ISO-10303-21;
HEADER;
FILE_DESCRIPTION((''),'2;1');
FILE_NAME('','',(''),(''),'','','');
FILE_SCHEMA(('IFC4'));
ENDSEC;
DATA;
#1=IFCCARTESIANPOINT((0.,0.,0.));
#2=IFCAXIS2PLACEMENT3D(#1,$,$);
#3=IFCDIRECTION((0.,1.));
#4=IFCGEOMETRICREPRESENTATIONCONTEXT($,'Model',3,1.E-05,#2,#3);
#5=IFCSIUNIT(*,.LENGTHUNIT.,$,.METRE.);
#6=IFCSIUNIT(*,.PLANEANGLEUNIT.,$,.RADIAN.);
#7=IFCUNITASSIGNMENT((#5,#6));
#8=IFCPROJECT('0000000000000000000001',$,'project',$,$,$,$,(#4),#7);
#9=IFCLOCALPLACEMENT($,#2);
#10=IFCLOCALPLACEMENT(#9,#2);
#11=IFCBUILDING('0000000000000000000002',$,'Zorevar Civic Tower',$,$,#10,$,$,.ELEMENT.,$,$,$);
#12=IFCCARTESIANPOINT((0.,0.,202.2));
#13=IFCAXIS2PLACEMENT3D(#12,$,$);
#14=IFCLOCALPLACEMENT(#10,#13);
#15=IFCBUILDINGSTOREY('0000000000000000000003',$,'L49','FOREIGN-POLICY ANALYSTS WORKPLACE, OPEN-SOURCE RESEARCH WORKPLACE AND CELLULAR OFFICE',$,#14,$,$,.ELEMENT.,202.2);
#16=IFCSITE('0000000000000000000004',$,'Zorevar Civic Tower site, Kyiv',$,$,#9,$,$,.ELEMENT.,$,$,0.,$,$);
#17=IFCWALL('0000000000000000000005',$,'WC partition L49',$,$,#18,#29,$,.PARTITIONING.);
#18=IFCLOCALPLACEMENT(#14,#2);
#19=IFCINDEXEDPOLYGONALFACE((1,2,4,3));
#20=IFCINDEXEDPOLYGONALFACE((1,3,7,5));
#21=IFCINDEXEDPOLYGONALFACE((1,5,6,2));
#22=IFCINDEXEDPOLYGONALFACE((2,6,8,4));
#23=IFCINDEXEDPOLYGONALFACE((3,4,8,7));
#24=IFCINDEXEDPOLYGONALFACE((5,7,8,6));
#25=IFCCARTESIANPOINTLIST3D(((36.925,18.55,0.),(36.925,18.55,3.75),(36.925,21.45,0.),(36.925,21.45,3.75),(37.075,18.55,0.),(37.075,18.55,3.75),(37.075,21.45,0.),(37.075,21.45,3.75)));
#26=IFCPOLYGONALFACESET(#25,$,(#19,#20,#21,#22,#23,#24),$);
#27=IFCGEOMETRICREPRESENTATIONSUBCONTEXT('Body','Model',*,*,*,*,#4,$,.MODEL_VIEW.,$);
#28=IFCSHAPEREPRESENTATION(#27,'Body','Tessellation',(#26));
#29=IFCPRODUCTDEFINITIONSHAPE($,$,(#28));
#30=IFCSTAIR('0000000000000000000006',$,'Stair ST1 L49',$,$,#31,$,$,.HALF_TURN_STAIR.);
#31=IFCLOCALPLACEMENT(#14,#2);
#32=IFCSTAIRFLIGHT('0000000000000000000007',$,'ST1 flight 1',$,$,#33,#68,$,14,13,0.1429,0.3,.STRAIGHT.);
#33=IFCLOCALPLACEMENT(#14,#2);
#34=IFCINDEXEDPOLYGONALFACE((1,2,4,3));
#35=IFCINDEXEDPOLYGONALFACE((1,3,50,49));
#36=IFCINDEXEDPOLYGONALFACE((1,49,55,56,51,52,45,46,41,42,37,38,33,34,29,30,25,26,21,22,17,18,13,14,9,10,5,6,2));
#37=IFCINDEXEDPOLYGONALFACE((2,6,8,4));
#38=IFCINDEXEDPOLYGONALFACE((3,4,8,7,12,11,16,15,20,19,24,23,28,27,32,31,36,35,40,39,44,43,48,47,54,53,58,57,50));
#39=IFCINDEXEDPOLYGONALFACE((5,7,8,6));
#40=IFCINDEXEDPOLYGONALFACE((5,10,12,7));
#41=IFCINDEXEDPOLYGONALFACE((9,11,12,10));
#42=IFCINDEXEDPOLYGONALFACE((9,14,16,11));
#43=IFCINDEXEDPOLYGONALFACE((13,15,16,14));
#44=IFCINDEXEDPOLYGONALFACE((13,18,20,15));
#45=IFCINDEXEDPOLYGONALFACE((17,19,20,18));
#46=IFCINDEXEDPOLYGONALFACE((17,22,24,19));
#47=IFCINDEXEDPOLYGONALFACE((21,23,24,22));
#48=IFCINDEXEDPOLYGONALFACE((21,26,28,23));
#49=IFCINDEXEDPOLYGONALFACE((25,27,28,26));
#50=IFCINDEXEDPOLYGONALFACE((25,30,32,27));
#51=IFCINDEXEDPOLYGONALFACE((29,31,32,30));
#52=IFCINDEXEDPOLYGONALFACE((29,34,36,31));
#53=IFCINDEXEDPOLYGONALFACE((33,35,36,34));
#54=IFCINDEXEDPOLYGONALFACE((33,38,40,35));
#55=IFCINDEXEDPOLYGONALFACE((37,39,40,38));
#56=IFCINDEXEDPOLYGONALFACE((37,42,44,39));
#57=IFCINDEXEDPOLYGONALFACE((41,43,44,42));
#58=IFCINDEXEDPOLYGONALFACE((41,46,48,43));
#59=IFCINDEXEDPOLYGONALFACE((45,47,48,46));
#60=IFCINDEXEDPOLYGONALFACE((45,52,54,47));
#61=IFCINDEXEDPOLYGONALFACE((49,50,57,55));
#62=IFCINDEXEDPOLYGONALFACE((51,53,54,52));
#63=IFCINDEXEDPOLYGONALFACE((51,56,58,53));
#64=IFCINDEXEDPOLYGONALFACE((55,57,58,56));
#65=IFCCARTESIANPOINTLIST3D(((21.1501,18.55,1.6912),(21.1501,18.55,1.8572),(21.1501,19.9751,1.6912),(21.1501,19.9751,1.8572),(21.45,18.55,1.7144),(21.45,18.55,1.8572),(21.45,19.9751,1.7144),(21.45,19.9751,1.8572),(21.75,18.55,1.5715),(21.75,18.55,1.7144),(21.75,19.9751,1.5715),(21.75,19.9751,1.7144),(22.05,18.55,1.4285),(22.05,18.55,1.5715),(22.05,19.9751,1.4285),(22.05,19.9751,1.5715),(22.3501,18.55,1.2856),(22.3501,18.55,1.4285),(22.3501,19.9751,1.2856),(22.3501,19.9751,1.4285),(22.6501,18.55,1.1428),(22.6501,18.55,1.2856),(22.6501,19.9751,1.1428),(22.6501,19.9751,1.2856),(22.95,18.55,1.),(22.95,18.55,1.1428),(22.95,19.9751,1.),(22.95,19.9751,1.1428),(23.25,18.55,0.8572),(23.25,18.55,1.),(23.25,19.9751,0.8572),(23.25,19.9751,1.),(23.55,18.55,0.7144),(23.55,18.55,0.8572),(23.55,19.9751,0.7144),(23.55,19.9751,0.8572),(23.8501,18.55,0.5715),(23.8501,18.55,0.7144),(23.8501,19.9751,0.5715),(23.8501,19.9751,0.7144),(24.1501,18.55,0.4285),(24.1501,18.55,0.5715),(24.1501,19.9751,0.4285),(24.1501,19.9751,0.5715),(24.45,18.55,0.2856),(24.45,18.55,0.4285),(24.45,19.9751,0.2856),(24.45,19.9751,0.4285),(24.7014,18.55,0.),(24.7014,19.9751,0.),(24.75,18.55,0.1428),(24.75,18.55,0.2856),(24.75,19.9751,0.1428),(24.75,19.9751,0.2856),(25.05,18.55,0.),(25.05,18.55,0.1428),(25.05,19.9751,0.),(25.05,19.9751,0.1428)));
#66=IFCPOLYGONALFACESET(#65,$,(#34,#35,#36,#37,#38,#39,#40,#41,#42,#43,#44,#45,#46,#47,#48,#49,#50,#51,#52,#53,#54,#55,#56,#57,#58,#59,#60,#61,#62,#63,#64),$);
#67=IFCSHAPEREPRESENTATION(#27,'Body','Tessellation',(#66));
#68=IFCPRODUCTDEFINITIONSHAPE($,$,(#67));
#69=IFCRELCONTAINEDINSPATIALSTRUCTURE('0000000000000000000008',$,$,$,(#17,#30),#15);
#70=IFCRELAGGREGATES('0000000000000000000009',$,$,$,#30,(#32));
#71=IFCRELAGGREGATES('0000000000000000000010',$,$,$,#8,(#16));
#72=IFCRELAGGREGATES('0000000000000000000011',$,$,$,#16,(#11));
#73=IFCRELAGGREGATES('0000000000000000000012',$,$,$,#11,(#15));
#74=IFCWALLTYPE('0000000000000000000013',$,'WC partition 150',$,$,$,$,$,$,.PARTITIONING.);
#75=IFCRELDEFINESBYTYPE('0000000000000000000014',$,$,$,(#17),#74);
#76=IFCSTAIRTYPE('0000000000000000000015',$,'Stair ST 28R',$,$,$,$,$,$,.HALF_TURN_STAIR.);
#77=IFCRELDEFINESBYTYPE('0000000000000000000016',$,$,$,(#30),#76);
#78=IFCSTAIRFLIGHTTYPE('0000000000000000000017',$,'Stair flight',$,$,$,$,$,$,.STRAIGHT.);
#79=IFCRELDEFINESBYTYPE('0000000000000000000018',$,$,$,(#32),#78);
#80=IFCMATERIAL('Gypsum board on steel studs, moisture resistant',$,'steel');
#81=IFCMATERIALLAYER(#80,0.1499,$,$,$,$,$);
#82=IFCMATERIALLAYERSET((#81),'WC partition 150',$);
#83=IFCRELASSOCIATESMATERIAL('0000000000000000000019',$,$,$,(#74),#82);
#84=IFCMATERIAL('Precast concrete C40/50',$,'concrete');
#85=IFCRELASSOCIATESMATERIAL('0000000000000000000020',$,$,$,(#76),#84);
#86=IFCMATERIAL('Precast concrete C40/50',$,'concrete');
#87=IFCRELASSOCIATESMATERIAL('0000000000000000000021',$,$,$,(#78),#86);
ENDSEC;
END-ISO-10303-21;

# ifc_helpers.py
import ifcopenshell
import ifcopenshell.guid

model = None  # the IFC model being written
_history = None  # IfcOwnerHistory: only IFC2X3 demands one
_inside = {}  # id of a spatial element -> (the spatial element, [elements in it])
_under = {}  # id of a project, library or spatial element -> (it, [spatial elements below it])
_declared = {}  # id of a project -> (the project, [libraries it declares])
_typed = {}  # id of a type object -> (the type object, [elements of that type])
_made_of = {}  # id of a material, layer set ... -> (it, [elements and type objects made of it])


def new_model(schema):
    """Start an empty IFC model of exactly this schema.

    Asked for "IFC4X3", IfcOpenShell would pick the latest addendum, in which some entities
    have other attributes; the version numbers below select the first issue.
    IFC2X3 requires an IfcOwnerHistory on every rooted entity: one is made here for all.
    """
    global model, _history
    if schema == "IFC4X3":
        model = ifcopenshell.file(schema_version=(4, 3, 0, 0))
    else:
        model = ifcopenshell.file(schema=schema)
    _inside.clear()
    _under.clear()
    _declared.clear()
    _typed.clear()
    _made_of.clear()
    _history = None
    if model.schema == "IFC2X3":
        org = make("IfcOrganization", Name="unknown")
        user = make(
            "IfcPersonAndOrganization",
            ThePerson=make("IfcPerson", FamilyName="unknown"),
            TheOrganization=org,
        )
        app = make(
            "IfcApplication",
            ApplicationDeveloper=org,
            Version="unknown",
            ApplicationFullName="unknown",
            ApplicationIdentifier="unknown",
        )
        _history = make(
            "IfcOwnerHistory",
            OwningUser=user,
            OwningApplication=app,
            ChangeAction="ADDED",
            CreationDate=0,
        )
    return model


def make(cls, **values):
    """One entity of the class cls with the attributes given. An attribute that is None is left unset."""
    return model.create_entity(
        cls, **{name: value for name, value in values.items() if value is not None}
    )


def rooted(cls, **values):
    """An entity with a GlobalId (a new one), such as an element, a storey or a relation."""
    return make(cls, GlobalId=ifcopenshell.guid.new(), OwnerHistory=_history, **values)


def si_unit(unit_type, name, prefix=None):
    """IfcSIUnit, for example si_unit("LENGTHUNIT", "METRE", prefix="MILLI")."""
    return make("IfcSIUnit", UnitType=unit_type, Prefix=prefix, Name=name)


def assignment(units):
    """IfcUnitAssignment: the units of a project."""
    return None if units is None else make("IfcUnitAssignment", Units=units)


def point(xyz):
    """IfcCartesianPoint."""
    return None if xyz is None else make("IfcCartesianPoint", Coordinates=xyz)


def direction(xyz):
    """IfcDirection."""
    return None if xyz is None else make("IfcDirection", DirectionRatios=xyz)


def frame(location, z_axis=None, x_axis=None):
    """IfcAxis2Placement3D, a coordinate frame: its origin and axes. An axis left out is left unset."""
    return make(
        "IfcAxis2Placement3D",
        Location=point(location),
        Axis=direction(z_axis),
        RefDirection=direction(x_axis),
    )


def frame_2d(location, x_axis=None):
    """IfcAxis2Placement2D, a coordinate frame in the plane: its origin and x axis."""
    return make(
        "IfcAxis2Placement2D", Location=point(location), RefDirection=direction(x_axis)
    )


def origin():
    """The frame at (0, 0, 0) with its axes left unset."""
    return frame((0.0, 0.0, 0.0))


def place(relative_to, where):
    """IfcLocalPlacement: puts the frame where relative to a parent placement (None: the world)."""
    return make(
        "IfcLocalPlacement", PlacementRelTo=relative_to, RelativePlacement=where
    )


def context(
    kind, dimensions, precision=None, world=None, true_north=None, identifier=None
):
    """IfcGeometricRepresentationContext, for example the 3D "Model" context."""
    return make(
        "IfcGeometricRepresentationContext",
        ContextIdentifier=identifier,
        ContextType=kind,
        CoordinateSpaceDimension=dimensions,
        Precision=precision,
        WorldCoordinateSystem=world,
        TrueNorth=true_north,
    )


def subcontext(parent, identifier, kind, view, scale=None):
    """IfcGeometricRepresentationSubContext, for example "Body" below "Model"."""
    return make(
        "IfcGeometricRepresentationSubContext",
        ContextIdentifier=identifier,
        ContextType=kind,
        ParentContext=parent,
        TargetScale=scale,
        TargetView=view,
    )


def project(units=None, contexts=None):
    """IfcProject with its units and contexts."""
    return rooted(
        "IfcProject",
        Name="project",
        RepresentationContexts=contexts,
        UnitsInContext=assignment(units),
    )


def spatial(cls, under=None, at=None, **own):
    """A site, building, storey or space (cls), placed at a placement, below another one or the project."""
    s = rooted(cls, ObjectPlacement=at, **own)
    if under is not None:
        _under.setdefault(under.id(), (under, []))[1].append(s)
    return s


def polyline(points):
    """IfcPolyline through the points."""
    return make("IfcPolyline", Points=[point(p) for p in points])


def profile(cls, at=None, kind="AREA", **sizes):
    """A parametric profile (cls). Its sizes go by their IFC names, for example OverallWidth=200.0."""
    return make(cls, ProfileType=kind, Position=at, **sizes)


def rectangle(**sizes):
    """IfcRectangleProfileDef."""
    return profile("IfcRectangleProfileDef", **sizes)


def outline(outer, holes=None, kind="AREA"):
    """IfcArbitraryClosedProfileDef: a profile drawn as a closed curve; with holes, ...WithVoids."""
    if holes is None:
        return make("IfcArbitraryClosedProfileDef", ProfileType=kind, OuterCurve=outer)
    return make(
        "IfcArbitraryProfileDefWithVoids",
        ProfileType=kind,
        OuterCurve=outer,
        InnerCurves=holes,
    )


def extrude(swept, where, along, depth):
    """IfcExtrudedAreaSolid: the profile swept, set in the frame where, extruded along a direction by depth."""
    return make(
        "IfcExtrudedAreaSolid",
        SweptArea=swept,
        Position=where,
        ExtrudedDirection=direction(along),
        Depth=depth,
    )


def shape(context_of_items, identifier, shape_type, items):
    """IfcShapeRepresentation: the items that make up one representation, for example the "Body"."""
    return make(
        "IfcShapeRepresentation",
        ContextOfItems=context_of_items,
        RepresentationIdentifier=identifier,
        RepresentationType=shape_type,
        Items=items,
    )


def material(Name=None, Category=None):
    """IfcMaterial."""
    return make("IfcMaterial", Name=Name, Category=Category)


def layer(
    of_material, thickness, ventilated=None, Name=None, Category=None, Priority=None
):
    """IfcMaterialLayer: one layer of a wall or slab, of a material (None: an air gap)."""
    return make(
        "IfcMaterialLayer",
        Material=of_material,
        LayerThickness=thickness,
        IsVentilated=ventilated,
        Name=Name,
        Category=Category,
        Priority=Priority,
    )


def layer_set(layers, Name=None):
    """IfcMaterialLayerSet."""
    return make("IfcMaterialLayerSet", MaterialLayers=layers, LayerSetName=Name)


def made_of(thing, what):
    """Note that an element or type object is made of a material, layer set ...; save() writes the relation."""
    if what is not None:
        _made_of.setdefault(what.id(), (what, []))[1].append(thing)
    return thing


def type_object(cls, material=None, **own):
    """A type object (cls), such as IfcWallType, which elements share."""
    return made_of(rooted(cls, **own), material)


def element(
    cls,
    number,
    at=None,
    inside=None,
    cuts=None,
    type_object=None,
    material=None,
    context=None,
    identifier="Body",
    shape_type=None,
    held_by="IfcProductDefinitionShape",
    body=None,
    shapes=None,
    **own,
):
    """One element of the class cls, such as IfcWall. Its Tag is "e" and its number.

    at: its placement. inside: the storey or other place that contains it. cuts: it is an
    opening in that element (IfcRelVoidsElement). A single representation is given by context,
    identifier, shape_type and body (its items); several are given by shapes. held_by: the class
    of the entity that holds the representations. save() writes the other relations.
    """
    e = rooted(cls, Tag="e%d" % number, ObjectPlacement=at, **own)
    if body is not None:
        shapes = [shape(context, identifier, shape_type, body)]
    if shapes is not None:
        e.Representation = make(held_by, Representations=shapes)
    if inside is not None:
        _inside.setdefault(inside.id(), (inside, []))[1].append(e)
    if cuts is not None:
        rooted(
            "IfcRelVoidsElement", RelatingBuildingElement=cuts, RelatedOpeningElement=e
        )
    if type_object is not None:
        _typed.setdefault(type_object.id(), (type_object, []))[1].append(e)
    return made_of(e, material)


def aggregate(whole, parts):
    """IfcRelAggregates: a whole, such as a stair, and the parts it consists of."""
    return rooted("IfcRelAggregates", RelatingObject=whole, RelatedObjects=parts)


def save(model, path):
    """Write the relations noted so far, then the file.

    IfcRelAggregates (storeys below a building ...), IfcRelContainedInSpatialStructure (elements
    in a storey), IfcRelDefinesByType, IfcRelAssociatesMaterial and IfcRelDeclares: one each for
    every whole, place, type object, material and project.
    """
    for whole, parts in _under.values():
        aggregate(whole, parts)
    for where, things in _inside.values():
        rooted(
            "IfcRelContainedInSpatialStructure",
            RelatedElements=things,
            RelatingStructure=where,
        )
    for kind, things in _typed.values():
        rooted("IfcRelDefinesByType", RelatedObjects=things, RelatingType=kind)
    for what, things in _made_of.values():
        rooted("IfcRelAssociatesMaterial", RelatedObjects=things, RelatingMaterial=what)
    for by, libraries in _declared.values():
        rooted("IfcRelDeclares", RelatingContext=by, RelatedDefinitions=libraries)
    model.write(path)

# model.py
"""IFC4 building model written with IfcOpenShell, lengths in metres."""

from ifc_helpers import new_model, si_unit, direction, frame, frame_2d, origin, place, context, subcontext, project, spatial, polyline, rectangle, outline, extrude, material, layer, layer_set, type_object, element, aggregate, save


model = new_model("IFC4")

# Units and contexts
model_context = context("Model", 3, precision=1e-05, world=origin(), true_north=direction((0.0, 1.0)))
body_context = subcontext(model_context, "Body", "Model", "MODEL_VIEW")
ifc_project = project(units=[si_unit("LENGTHUNIT", "METRE"), si_unit("PLANEANGLEUNIT", "RADIAN")], contexts=[model_context])

# Site, building, storey
site_placement = place(None, origin())
site = spatial("IfcSite", under=ifc_project, at=site_placement, Name="Zorevar Civic Tower site, Kyiv", CompositionType="ELEMENT", RefElevation=0.0)
building_placement = place(site_placement, origin())
building = spatial("IfcBuilding", under=site, at=building_placement, Name="Zorevar Civic Tower", CompositionType="ELEMENT")
storey_placement = place(building_placement, frame((0.0, 0.0, 202.2)))
storey = spatial("IfcBuildingStorey", under=building, at=storey_placement, Name="L49", Description="FOREIGN-POLICY ANALYSTS WORKPLACE, OPEN-SOURCE RESEARCH WORKPLACE AND CELLULAR OFFICE", CompositionType="ELEMENT", Elevation=202.2)

# Wall
ifc_material_1 = material(Name="Gypsum board on steel studs, moisture resistant", Category="steel")
ifc_layer_1 = layer(ifc_material_1, 0.1499)
ifc_layer_set_1 = layer_set([ifc_layer_1], Name="WC partition 150")
wall_type_1 = type_object("IfcWallType", Name="WC partition 150", PredefinedType="PARTITIONING", material=ifc_layer_set_1)
for number, where, z_axis, x_axis, name in (
    (1, (37.0, 18.55, 0.0), (0.0, 0.0, 1.0), (0.0, 1.0, 0.0), "WC partition L49"),
):
    element("IfcWall", number, at=place(storey_placement, frame(where, z_axis=z_axis, x_axis=x_axis)), inside=storey, type_object=wall_type_1, Name=name, PredefinedType="PARTITIONING", context=body_context, shape_type="SweptSolid", body=[
        extrude(rectangle(XDim=2.8999, YDim=0.1499, at=frame_2d((1.45, 0.0))), origin(), (0.0, 0.0, 1.0), 3.75),
    ])

# Stair, stair flight
ifc_material_2 = material(Name="Precast concrete C40/50", Category="concrete")
stair_type = type_object("IfcStairType", Name="Stair ST 28R", PredefinedType="HALF_TURN_STAIR", material=ifc_material_2)
stair_placement = place(storey_placement, origin())
stair = element("IfcStair", 2, at=stair_placement, inside=storey, type_object=stair_type, Name="Stair ST1 L49", PredefinedType="HALF_TURN_STAIR")
ifc_material_3 = material(Name="Precast concrete C40/50", Category="concrete")
stair_flight_type = type_object("IfcStairFlightType", Name="Stair flight", PredefinedType="STRAIGHT", material=ifc_material_3)
stair_flight_placement = place(storey_placement, frame((25.05, 19.2625, 0.0), z_axis=(0.0, 0.0, 1.0), x_axis=(-1.0, 0.0, 0.0)))
stair_flight = element("IfcStairFlight", 3, at=stair_flight_placement, type_object=stair_flight_type, Name="ST1 flight 1", NumberOfRisers=14, NumberOfTreads=13, PredefinedType="STRAIGHT", RiserHeight=0.1429, TreadLength=0.3, context=body_context, shape_type="SweptSolid", body=[
    extrude(outline(polyline([(0.0, 0.0), (0.0, 0.1428), (0.3, 0.1428), (0.3, 0.2856), (0.6001, 0.2856), (0.6001, 0.4285), (0.8999, 0.4285), (0.8999, 0.5715), (1.2, 0.5715), (1.2, 0.7144), (1.5, 0.7144), (1.5, 0.8572), (1.8, 0.8572), (1.8, 1.0), (2.1001, 1.0), (2.1001, 1.1428), (2.3999, 1.1428), (2.3999, 1.2856), (2.7, 1.2856), (2.7, 1.4285), (3.0, 1.4285), (3.0, 1.5715), (3.3, 1.5715), (3.3, 1.7144), (3.6001, 1.7144), (3.6001, 1.8572), (3.8999, 1.8572), (3.8999, 2.0), (3.8999, 1.6912), (0.3486, 0.0), (0.0, 0.0)])), frame((0.0, 0.7124, 0.0), z_axis=(0.0, -1.0, 0.0), x_axis=(1.0, 0.0, 0.0)), (0.0, 0.0, 1.0), 1.425),
])
aggregate(stair, [stair_flight])

save(model, "model.ifc")
